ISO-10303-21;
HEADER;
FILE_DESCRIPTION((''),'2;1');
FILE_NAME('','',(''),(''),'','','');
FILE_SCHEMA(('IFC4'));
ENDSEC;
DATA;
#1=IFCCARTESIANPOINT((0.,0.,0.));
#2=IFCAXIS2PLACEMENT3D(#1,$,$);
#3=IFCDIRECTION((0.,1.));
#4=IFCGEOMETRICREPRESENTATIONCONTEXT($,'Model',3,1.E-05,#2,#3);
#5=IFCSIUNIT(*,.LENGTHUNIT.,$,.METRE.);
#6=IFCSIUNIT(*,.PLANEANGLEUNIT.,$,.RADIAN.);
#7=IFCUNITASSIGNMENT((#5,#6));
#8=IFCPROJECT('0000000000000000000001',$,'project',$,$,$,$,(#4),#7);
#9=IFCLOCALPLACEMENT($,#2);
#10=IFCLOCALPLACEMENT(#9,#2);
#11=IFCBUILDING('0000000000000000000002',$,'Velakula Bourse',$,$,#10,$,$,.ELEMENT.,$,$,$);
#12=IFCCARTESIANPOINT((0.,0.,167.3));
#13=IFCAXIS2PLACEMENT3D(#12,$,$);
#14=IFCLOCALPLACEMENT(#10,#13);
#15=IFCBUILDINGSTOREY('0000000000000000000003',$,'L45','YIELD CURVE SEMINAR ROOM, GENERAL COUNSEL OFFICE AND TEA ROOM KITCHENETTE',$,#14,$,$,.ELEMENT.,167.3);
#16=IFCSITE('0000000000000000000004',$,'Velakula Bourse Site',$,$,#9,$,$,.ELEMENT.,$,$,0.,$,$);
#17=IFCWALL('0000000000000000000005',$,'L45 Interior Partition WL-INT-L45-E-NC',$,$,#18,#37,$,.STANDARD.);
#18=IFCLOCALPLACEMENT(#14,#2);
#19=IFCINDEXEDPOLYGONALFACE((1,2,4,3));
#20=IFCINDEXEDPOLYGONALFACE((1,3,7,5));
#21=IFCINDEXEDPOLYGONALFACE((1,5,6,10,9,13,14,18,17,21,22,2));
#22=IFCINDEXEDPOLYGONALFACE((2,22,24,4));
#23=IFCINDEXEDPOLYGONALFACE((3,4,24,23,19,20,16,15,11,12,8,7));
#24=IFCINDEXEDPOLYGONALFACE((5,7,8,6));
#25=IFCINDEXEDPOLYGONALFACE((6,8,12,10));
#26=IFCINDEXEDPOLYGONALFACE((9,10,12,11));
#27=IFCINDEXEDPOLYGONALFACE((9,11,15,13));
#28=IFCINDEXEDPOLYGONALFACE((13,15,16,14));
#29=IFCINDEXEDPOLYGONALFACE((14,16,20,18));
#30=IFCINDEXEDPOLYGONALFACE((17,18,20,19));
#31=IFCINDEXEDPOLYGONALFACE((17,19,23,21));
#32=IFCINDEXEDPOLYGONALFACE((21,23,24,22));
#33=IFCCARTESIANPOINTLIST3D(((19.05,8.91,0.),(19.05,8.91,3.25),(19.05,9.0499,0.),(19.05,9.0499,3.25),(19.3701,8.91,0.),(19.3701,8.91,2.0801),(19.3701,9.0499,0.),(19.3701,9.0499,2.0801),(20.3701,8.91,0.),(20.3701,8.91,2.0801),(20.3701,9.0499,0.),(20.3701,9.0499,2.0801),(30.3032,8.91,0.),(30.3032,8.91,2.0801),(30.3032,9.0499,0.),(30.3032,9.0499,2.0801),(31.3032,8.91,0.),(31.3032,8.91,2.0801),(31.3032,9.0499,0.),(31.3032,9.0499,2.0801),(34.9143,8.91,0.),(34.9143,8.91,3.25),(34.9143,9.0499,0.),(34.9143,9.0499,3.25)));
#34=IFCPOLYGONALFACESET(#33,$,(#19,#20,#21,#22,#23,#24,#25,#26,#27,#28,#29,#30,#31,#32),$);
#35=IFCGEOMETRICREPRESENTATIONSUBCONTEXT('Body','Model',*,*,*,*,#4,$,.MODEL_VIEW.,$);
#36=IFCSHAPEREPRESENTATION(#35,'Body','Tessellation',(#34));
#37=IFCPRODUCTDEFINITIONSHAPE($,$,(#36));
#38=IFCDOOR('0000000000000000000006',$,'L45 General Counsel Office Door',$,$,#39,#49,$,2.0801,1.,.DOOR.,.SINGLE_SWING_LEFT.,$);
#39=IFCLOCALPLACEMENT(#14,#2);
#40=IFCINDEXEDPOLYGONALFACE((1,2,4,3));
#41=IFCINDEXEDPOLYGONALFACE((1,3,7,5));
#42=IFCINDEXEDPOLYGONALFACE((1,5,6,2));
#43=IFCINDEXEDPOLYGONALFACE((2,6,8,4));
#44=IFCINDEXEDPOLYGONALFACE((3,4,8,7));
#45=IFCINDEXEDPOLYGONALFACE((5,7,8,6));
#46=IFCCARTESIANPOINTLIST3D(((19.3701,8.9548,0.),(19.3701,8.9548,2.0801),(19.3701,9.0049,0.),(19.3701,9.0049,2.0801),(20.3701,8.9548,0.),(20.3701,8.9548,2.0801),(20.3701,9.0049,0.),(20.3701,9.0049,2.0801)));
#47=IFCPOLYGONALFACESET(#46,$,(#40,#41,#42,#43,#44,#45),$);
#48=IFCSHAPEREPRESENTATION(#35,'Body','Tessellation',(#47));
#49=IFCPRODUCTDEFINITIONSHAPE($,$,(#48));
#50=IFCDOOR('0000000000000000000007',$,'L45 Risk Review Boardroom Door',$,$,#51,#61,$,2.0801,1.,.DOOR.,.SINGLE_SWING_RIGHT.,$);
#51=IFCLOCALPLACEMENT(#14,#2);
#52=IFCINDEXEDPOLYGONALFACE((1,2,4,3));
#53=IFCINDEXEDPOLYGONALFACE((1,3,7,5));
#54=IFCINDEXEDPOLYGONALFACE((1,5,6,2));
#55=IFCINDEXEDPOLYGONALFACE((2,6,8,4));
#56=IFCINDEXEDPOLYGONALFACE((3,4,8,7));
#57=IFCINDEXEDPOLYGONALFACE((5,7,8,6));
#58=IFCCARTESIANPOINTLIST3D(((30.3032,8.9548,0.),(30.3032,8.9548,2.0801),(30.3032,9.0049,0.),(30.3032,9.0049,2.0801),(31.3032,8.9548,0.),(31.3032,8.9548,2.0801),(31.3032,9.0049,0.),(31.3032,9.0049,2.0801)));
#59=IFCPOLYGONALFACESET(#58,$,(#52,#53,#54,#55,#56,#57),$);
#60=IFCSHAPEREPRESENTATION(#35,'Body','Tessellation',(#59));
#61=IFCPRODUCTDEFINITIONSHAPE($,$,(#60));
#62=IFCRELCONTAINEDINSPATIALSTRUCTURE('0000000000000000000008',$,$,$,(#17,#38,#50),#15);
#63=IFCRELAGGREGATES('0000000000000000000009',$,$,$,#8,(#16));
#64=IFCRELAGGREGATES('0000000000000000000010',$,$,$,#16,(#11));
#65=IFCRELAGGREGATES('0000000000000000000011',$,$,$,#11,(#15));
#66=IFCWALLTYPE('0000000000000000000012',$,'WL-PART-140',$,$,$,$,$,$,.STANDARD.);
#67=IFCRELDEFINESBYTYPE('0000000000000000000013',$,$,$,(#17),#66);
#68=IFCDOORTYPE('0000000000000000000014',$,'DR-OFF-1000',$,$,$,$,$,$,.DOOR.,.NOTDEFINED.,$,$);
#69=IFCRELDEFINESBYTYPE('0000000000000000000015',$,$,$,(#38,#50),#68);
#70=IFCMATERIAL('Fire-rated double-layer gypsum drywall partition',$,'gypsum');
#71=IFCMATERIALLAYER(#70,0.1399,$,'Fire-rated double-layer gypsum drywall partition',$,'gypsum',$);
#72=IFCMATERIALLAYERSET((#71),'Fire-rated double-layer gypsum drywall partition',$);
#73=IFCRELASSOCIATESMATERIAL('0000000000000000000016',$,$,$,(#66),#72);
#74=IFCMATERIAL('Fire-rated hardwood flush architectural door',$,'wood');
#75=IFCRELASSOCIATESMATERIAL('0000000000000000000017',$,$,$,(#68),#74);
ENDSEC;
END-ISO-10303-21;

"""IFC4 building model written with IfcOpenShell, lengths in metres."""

from ifc_helpers import new_model, si_unit, direction, frame, frame_2d, origin, place, context, subcontext, project, spatial, rectangle, extrude, material, layer, layer_set, type_object, element, fill, save


model = new_model("IFC4")

# Units and contexts
model_context = context("Model", 3, precision=1e-05, world=origin(), true_north=direction((0.0, 1.0)))
body_context = subcontext(model_context, "Body", "Model", "MODEL_VIEW")
ifc_project = project(units=[si_unit("LENGTHUNIT", "METRE"), si_unit("PLANEANGLEUNIT", "RADIAN")], contexts=[model_context])

# Site, building, storey
site_placement = place(None, origin())
site = spatial("IfcSite", under=ifc_project, at=site_placement, Name="Velakula Bourse Site", CompositionType="ELEMENT", RefElevation=0.0)
building_placement = place(site_placement, origin())
building = spatial("IfcBuilding", under=site, at=building_placement, Name="Velakula Bourse", CompositionType="ELEMENT")
storey_placement = place(building_placement, frame((0.0, 0.0, 167.3)))
storey = spatial("IfcBuildingStorey", under=building, at=storey_placement, Name="L45", Description="YIELD CURVE SEMINAR ROOM, GENERAL COUNSEL OFFICE AND TEA ROOM KITCHENETTE", CompositionType="ELEMENT", Elevation=167.3)

# Wall, openings, doors
ifc_material_1 = material(Name="Fire-rated double-layer gypsum drywall partition", Category="gypsum")
ifc_layer = layer(ifc_material_1, 0.1399, Name="Fire-rated double-layer gypsum drywall partition", Category="gypsum")
ifc_layer_set = layer_set([ifc_layer], Name="Fire-rated double-layer gypsum drywall partition")
wall_type = type_object("IfcWallType", Name="WL-PART-140", PredefinedType="STANDARD", material=ifc_layer_set)
wall_placement = place(storey_placement, frame((19.05, 8.98, 0.0), z_axis=(0.0, 0.0, 1.0), x_axis=(1.0, 0.0, 0.0)))
wall = element("IfcWall", 1, at=wall_placement, inside=storey, type_object=wall_type, Name="L45 Interior Partition WL-INT-L45-E-NC", PredefinedType="STANDARD", context=body_context, shape_type="SweptSolid", body=[
    extrude(rectangle(XDim=15.8643, YDim=0.1399, at=frame_2d((7.9321, 0.0))), origin(), (0.0, 0.0, 1.0), 3.25),
])
opening_1_placement = place(wall_placement, frame((0.3201, 0.0, 0.0)))
opening_1 = element("IfcOpeningElement", 2, at=opening_1_placement, cuts=wall, PredefinedType="OPENING", context=body_context, shape_type="SweptSolid", body=[
    extrude(rectangle(XDim=1.0, YDim=2.0801, at=frame_2d((0.5, 1.04))), frame((0.0, 0.0798, 0.0), z_axis=(0.0, -1.0, 0.0), x_axis=(1.0, 0.0, 0.0)), (0.0, 0.0, 1.0), 0.1599),
])
opening_2_placement = place(wall_placement, frame((11.2532, 0.0, 0.0)))
opening_2 = element("IfcOpeningElement", 3, at=opening_2_placement, cuts=wall, PredefinedType="OPENING", context=body_context, shape_type="SweptSolid", body=[
    extrude(rectangle(XDim=1.0, YDim=2.0801, at=frame_2d((0.5, 1.04))), frame((0.0, 0.0798, 0.0), z_axis=(0.0, -1.0, 0.0), x_axis=(1.0, 0.0, 0.0)), (0.0, 0.0, 1.0), 0.1599),
])
ifc_material_2 = material(Name="Fire-rated hardwood flush architectural door", Category="wood")
door_type = type_object("IfcDoorType", Name="DR-OFF-1000", OperationType="NOTDEFINED", PredefinedType="DOOR", material=ifc_material_2)
door_1_placement = place(opening_1_placement, origin())
door_1 = element("IfcDoor", 4, at=door_1_placement, inside=storey, type_object=door_type, Name="L45 General Counsel Office Door", OperationType="SINGLE_SWING_LEFT", OverallHeight=2.0801, OverallWidth=1.0, PredefinedType="DOOR", context=body_context, shape_type="SweptSolid", body=[
    extrude(rectangle(XDim=1.0, YDim=2.0801, at=frame_2d((0.5, 1.04))), frame((0.0, 0.0249, 0.0), z_axis=(0.0, -1.0, 0.0), x_axis=(1.0, 0.0, 0.0)), (0.0, 0.0, 1.0), 0.05),
])
fill(opening_1, door_1)
door_2_placement = place(opening_2_placement, origin())
door_2 = element("IfcDoor", 5, at=door_2_placement, inside=storey, type_object=door_type, Name="L45 Risk Review Boardroom Door", OperationType="SINGLE_SWING_RIGHT", OverallHeight=2.0801, OverallWidth=1.0, PredefinedType="DOOR", context=body_context, shape_type="SweptSolid", body=[
    extrude(rectangle(XDim=1.0, YDim=2.0801, at=frame_2d((0.5, 1.04))), frame((0.0, 0.0249, 0.0), z_axis=(0.0, -1.0, 0.0), x_axis=(1.0, 0.0, 0.0)), (0.0, 0.0, 1.0), 0.05),
])
fill(opening_2, door_2)

save(model, "model.ifc")
